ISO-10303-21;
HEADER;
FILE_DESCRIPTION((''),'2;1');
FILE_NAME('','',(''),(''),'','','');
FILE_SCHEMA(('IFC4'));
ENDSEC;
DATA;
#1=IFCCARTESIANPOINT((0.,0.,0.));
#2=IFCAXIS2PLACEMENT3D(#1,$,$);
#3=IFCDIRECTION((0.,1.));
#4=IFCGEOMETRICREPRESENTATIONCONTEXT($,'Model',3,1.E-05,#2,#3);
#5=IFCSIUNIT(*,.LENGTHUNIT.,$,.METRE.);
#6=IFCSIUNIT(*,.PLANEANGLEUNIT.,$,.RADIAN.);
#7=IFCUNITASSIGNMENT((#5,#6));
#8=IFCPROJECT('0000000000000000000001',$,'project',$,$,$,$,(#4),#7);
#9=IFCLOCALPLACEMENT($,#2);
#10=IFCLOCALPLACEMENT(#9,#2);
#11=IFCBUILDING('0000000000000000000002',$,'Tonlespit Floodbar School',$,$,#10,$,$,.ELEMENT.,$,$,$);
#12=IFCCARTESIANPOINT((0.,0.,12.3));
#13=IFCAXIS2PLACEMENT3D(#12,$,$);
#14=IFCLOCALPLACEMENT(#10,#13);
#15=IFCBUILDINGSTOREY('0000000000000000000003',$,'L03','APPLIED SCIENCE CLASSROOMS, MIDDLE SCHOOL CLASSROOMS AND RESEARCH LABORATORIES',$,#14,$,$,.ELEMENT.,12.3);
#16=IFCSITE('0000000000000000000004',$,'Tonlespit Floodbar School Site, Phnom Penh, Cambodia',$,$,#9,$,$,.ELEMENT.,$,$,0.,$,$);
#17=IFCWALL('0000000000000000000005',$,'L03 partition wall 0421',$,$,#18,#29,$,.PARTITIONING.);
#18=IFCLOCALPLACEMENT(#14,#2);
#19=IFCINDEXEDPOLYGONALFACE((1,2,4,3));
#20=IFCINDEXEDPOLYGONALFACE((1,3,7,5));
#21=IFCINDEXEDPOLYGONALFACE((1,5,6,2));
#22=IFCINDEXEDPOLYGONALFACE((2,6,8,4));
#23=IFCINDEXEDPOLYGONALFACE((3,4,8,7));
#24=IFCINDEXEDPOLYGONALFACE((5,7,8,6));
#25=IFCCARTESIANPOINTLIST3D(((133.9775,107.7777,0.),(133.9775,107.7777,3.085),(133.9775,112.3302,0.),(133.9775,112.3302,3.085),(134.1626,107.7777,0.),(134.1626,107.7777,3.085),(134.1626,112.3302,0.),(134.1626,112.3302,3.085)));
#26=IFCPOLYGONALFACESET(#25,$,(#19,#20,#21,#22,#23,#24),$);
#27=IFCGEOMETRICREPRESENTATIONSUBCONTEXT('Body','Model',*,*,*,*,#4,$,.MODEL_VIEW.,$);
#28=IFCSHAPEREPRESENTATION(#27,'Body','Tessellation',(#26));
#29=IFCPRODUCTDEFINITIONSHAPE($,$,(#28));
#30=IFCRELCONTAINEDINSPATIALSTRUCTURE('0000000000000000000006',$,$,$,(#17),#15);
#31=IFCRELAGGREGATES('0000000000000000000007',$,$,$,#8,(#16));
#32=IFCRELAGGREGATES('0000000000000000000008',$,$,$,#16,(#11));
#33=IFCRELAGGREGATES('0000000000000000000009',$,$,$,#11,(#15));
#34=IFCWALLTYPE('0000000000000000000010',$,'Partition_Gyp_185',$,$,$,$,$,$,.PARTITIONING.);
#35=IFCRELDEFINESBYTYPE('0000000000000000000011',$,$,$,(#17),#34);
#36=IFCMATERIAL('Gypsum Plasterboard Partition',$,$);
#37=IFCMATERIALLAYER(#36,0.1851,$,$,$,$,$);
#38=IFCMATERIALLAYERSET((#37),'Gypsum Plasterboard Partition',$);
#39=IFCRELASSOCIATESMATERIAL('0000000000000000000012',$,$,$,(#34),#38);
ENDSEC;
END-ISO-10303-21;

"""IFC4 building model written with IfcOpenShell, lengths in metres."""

from ifc_helpers import new_model, si_unit, direction, frame, frame_2d, origin, place, context, subcontext, project, spatial, rectangle, extrude, material, layer, layer_set, type_object, element, save


model = new_model("IFC4")

# Units and contexts
model_context = context("Model", 3, precision=1e-05, world=origin(), true_north=direction((0.0, 1.0)))
body_context = subcontext(model_context, "Body", "Model", "MODEL_VIEW")
ifc_project = project(units=[si_unit("LENGTHUNIT", "METRE"), si_unit("PLANEANGLEUNIT", "RADIAN")], contexts=[model_context])

# Site, building, storey
site_placement = place(None, origin())
site = spatial("IfcSite", under=ifc_project, at=site_placement, Name="Tonlespit Floodbar School Site, Phnom Penh, Cambodia", CompositionType="ELEMENT", RefElevation=0.0)
building_placement = place(site_placement, origin())
building = spatial("IfcBuilding", under=site, at=building_placement, Name="Tonlespit Floodbar School", CompositionType="ELEMENT")
storey_placement = place(building_placement, frame((0.0, 0.0, 12.3)))
storey = spatial("IfcBuildingStorey", under=building, at=storey_placement, Name="L03", Description="APPLIED SCIENCE CLASSROOMS, MIDDLE SCHOOL CLASSROOMS AND RESEARCH LABORATORIES", CompositionType="ELEMENT", Elevation=12.3)

# Shared definitions
ifc_material_1 = material(Name="Gypsum Plasterboard Partition")

# Shared definitions
ifc_layer_1 = layer(ifc_material_1, 0.1851)
ifc_layer_set_1 = layer_set([ifc_layer_1], Name="Gypsum Plasterboard Partition")
wall_type_1 = type_object("IfcWallType", Name="Partition_Gyp_185", PredefinedType="PARTITIONING", material=ifc_layer_set_1)

# Wall
wall_1_placement = place(storey_placement, frame((134.0701, 107.7776, 0.0), z_axis=(0.0, 0.0, 1.0), x_axis=(0.0, 1.0, 0.0)))
element("IfcWall", 1, at=wall_1_placement, inside=storey, type_object=wall_type_1, Name="L03 partition wall 0421", PredefinedType="PARTITIONING", context=body_context, shape_type="SweptSolid", body=[
    extrude(rectangle(XDim=4.5525, YDim=0.1851, at=frame_2d((2.2764, 0.0))), origin(), (0.0, 0.0, 1.0), 3.085),
])

save(model, "model.ifc")
